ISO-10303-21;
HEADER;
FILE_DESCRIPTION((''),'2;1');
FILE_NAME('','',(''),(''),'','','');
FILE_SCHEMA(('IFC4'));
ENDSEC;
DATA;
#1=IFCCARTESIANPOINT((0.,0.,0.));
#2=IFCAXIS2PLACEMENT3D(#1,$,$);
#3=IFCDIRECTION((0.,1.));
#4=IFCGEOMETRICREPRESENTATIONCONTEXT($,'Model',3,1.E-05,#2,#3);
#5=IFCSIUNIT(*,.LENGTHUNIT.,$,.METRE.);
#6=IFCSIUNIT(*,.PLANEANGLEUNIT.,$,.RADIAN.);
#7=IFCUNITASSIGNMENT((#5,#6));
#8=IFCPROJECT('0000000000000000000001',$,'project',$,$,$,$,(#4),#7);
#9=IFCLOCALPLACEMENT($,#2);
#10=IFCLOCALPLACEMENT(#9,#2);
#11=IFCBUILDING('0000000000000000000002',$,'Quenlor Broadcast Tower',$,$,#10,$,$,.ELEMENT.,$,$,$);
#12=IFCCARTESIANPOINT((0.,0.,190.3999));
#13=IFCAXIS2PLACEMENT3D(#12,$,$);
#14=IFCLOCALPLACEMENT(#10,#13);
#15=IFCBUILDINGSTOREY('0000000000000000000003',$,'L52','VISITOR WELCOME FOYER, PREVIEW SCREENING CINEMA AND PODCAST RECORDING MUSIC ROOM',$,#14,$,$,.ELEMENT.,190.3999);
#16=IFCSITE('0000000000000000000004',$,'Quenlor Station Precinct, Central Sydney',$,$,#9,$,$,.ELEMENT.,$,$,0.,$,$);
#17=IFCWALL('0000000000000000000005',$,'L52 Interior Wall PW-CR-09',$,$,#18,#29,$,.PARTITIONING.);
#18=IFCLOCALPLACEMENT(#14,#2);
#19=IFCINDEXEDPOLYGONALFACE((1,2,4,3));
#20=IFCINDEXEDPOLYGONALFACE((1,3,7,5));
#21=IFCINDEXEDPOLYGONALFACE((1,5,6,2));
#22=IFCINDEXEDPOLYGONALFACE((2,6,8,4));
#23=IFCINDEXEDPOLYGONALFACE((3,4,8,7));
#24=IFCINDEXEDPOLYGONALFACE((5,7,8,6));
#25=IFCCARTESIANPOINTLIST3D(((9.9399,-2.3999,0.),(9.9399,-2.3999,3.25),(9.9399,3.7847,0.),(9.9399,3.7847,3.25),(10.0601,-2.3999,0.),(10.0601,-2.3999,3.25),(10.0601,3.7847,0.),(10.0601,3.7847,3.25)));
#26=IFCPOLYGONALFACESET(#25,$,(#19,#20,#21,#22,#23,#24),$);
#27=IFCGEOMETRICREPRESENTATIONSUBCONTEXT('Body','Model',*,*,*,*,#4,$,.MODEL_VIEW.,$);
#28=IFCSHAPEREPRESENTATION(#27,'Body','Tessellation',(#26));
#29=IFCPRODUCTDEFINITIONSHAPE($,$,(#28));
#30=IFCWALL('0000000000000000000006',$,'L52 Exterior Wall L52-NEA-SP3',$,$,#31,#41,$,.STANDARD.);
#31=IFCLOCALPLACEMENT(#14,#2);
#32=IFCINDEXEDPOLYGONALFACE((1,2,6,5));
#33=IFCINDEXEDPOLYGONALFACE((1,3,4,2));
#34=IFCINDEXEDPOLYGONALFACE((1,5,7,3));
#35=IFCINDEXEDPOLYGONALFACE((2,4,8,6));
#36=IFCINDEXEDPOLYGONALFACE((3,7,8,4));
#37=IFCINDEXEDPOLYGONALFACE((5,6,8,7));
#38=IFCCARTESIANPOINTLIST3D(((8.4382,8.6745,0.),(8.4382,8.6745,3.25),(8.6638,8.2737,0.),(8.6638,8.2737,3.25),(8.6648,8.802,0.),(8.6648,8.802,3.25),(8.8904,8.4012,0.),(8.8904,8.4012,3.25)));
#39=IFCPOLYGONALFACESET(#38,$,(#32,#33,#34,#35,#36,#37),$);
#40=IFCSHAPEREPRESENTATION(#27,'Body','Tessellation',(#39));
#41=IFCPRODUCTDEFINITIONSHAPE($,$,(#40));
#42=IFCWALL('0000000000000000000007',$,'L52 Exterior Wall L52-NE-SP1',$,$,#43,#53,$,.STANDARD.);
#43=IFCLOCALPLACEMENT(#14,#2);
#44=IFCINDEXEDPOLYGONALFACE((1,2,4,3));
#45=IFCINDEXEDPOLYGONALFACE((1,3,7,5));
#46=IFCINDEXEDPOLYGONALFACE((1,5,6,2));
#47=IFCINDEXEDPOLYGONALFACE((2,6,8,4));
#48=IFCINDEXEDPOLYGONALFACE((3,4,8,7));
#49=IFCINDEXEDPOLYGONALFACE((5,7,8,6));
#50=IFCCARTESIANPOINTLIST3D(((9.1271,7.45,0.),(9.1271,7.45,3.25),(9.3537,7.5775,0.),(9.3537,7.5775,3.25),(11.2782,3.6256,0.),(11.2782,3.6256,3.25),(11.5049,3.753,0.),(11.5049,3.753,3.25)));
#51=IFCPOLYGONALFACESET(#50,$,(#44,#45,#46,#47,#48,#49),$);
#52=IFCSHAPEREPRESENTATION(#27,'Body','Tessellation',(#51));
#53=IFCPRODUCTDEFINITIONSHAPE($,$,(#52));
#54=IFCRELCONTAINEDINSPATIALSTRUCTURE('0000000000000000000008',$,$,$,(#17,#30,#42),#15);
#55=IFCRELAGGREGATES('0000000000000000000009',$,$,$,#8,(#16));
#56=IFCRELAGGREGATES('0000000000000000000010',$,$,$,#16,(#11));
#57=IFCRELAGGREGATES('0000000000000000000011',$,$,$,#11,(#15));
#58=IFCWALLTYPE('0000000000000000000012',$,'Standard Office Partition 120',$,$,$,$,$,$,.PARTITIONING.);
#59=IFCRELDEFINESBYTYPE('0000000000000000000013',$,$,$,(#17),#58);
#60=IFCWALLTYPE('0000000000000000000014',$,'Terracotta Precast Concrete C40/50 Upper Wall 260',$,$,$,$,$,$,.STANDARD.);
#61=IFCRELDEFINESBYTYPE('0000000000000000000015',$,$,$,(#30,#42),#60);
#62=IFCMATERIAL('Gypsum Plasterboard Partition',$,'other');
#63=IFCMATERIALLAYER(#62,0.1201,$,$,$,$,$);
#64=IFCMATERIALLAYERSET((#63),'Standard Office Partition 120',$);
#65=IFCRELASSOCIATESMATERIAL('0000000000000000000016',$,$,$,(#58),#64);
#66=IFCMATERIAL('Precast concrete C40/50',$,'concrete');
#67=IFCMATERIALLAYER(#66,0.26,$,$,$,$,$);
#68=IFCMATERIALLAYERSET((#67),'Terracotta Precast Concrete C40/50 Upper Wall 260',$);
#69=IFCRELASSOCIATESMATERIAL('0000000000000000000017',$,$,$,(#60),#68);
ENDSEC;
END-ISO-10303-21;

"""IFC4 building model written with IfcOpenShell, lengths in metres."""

from ifc_helpers import new_model, si_unit, direction, frame, frame_2d, origin, place, context, subcontext, project, spatial, rectangle, extrude, material, layer, layer_set, type_object, element, save


model = new_model("IFC4")

# Units and contexts
model_context = context("Model", 3, precision=1e-05, world=origin(), true_north=direction((0.0, 1.0)))
body_context = subcontext(model_context, "Body", "Model", "MODEL_VIEW")
ifc_project = project(units=[si_unit("LENGTHUNIT", "METRE"), si_unit("PLANEANGLEUNIT", "RADIAN")], contexts=[model_context])

# Site, building, storey
site_placement = place(None, origin())
site = spatial("IfcSite", under=ifc_project, at=site_placement, Name="Quenlor Station Precinct, Central Sydney", CompositionType="ELEMENT", RefElevation=0.0)
building_placement = place(site_placement, origin())
building = spatial("IfcBuilding", under=site, at=building_placement, Name="Quenlor Broadcast Tower", CompositionType="ELEMENT")
storey_placement = place(building_placement, frame((0.0, 0.0, 190.3999)))
storey = spatial("IfcBuildingStorey", under=building, at=storey_placement, Name="L52", Description="VISITOR WELCOME FOYER, PREVIEW SCREENING CINEMA AND PODCAST RECORDING MUSIC ROOM", CompositionType="ELEMENT", Elevation=190.3999)

# Walls
ifc_material_1 = material(Name="Gypsum Plasterboard Partition", Category="other")
ifc_layer_1 = layer(ifc_material_1, 0.1201)
ifc_layer_set_1 = layer_set([ifc_layer_1], Name="Standard Office Partition 120")
wall_type_1 = type_object("IfcWallType", Name="Standard Office Partition 120", PredefinedType="PARTITIONING", material=ifc_layer_set_1)
wall_1_placement = place(storey_placement, frame((10.0, 3.7847, 0.0), z_axis=(0.0, 0.0, 1.0), x_axis=(0.0, -1.0, 0.0)))
element("IfcWall", 1, at=wall_1_placement, inside=storey, type_object=wall_type_1, Name="L52 Interior Wall PW-CR-09", PredefinedType="PARTITIONING", context=body_context, shape_type="SweptSolid", body=[
    extrude(rectangle(XDim=6.1846, YDim=0.1201, at=frame_2d((3.0923, 0.0))), origin(), (0.0, 0.0, 1.0), 3.25),
])
ifc_material_2 = material(Name="Precast concrete C40/50", Category="concrete")
ifc_layer_2 = layer(ifc_material_2, 0.26)
ifc_layer_set_2 = layer_set([ifc_layer_2], Name="Terracotta Precast Concrete C40/50 Upper Wall 260")
wall_type_2 = type_object("IfcWallType", Name="Terracotta Precast Concrete C40/50 Upper Wall 260", PredefinedType="STANDARD", material=ifc_layer_set_2)
wall_2_placement = place(storey_placement, frame((8.5515, 8.7383, 0.0), z_axis=(0.0, 0.0, 1.0), x_axis=(0.490412, -0.87149, 0.0)))
element("IfcWall", 2, at=wall_2_placement, inside=storey, type_object=wall_type_2, Name="L52 Exterior Wall L52-NEA-SP3", PredefinedType="STANDARD", context=body_context, shape_type="SweptSolid", body=[
    extrude(rectangle(XDim=0.46, YDim=0.26, at=frame_2d((0.23, 0.0))), origin(), (0.0, 0.0, 1.0), 3.25),
])
wall_3_placement = place(storey_placement, frame((9.2405, 7.5137, 0.0), z_axis=(0.0, 0.0, 1.0), x_axis=(0.490237, -0.871589, 0.0)))
element("IfcWall", 3, at=wall_3_placement, inside=storey, type_object=wall_type_2, Name="L52 Exterior Wall L52-NE-SP1", PredefinedType="STANDARD", context=body_context, shape_type="SweptSolid", body=[
    extrude(rectangle(XDim=4.3879, YDim=0.26, at=frame_2d((2.1938, 0.0))), origin(), (0.0, 0.0, 1.0), 3.25),
])

save(model, "model.ifc")
